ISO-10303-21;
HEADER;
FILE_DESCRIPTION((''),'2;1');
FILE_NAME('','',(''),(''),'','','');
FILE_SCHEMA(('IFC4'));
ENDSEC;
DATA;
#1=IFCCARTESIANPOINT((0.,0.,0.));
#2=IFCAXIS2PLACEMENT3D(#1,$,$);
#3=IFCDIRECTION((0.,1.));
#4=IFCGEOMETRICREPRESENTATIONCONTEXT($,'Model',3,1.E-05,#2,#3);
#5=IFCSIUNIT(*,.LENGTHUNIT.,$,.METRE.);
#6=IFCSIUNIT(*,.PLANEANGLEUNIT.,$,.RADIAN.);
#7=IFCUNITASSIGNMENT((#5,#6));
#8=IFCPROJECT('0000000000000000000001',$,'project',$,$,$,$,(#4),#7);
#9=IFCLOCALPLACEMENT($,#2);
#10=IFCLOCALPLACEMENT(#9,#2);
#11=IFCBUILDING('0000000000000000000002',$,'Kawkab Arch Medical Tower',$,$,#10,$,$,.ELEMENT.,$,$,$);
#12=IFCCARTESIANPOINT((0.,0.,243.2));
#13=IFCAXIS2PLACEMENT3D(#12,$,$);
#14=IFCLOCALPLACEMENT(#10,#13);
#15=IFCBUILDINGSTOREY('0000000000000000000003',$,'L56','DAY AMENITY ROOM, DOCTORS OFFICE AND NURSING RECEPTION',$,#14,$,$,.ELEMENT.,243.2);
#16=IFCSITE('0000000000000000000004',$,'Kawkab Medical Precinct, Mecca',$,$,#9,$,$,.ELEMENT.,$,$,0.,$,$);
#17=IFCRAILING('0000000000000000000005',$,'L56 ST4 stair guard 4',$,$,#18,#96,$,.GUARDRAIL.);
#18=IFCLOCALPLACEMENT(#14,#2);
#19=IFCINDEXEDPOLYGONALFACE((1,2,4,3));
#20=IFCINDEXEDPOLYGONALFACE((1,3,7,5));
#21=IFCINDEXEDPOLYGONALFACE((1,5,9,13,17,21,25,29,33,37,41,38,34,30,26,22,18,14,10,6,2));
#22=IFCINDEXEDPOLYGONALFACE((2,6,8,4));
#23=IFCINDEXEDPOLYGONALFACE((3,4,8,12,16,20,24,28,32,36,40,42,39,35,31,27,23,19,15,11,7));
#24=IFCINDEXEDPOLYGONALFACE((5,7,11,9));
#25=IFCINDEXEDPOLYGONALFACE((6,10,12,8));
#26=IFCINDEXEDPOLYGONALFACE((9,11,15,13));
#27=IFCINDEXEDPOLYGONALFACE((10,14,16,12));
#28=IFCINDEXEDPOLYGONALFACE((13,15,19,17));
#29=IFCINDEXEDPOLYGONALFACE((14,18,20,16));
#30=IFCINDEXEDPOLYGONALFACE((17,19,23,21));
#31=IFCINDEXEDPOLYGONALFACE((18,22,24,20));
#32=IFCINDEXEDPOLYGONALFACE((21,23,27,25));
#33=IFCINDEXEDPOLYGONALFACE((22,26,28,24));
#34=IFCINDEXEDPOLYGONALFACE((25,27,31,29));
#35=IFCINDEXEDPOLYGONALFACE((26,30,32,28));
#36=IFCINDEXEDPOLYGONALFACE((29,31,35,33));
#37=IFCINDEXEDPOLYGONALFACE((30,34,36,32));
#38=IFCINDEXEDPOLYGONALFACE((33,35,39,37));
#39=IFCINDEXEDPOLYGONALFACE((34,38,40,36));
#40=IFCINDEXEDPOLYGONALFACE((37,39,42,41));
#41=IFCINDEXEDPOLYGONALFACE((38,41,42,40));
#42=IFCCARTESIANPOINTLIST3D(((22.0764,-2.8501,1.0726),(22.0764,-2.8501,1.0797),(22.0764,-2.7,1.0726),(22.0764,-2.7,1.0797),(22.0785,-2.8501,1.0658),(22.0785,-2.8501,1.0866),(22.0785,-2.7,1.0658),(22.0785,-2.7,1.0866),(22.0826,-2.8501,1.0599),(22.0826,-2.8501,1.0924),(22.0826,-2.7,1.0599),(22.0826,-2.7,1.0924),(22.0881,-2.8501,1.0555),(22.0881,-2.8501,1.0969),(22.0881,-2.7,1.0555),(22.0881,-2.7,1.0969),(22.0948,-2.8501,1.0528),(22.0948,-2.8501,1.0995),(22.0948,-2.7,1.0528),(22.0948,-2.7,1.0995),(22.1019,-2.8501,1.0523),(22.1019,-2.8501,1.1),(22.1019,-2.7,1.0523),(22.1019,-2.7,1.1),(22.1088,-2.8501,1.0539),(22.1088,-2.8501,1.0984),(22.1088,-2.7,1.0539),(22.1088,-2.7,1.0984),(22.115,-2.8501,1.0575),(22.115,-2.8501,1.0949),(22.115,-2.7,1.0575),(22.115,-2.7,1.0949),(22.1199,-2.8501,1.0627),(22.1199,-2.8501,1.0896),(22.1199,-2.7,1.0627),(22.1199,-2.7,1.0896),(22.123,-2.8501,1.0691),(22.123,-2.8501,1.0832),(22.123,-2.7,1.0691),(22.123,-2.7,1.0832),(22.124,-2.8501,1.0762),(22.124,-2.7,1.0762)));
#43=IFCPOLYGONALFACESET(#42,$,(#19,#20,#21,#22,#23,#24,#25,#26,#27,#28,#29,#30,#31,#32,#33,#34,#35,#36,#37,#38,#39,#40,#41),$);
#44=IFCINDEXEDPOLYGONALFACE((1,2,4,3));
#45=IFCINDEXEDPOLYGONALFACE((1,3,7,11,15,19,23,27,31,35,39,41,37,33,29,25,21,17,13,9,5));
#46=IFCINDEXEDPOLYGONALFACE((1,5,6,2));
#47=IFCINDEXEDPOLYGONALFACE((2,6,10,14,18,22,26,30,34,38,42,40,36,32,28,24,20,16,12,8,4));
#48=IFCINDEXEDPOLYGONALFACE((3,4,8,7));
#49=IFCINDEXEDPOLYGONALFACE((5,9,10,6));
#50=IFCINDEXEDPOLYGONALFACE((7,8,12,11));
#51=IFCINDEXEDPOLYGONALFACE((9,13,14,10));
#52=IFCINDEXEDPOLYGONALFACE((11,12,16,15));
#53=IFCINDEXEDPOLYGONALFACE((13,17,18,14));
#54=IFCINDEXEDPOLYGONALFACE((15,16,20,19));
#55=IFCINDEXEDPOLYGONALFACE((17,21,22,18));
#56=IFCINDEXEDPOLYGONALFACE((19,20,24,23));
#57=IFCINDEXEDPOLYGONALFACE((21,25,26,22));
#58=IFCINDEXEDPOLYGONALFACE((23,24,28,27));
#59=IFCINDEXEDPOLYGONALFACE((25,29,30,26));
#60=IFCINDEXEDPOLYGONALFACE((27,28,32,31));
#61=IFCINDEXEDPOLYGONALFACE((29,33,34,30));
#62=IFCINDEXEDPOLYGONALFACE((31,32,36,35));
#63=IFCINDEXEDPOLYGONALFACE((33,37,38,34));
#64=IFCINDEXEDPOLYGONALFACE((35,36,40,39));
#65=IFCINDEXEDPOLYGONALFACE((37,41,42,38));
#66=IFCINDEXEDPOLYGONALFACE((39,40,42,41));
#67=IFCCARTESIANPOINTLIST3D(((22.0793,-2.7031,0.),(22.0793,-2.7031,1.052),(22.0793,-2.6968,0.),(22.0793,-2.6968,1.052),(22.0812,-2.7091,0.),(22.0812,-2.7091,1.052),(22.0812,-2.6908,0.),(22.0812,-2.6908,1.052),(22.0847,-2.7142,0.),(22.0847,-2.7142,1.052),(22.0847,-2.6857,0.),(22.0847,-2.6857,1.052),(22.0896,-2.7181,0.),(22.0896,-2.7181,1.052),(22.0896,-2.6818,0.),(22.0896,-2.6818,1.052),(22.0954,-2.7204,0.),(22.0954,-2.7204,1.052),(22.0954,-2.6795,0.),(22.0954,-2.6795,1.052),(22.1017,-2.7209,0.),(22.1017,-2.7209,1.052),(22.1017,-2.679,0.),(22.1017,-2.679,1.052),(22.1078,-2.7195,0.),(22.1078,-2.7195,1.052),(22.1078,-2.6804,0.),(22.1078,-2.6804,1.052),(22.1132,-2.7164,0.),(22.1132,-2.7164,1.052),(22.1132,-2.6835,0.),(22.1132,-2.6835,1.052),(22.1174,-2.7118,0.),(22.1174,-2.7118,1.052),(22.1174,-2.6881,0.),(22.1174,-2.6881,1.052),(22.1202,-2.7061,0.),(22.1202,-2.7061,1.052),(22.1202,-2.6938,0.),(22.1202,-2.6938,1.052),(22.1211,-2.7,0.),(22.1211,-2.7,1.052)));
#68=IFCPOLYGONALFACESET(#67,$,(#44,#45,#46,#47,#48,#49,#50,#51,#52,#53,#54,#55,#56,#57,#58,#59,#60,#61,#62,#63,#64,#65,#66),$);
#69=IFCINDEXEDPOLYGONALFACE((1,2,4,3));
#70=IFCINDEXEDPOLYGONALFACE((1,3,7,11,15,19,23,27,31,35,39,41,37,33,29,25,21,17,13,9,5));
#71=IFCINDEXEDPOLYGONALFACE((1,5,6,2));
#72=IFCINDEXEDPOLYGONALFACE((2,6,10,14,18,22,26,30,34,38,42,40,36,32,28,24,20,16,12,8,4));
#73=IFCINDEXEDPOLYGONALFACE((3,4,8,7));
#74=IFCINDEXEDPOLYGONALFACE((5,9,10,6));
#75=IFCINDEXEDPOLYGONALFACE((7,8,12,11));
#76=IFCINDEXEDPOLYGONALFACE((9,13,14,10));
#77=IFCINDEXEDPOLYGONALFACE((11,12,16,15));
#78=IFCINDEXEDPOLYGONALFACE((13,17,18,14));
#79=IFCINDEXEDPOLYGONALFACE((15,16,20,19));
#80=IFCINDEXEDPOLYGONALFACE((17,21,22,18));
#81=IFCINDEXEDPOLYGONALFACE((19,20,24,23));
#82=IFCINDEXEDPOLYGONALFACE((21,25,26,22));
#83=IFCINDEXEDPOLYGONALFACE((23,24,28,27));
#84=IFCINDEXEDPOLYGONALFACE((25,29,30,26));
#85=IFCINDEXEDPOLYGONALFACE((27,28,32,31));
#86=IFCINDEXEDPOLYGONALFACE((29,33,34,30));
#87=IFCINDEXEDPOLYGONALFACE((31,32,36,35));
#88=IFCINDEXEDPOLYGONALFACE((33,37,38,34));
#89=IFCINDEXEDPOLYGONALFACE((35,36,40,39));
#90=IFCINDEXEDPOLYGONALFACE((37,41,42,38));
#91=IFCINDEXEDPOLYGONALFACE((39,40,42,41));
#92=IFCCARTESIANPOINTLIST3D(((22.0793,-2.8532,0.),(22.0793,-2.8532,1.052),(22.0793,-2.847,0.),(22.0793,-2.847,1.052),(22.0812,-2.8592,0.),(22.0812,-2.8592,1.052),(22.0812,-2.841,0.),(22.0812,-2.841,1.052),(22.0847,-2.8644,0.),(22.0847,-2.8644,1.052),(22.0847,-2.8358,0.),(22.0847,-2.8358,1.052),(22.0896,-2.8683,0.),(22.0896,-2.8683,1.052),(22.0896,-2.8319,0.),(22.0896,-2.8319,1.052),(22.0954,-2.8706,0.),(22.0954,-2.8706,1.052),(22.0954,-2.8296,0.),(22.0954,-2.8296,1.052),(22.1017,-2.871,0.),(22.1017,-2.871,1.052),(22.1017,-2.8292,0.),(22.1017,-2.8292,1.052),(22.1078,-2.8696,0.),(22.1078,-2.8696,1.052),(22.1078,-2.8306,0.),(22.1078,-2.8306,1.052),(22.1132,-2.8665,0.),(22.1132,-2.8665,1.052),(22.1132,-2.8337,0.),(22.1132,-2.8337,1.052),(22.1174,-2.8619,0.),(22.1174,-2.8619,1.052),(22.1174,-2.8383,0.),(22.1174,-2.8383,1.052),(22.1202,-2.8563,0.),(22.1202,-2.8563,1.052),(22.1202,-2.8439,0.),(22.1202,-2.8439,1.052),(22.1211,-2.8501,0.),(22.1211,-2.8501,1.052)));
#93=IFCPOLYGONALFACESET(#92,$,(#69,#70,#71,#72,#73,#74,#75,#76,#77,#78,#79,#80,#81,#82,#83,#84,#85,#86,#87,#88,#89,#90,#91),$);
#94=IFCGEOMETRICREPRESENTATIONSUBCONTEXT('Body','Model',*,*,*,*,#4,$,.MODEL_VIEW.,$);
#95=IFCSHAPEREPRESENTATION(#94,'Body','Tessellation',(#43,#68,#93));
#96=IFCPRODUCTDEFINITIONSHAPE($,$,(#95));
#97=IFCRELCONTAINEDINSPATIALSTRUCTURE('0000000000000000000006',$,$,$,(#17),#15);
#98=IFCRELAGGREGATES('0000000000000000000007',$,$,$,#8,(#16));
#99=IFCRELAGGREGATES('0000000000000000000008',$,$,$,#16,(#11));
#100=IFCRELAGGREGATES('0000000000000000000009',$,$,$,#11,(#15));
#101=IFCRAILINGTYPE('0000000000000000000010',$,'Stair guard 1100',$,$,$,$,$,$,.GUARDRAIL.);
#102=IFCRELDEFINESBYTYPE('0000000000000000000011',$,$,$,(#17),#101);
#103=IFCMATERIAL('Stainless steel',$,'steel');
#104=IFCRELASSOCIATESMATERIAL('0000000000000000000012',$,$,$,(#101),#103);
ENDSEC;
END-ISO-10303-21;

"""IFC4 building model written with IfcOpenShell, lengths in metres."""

from ifc_helpers import new_model, si_unit, direction, frame, origin, origin_2d, place, context, subcontext, project, spatial, circle, extrude, material, type_object, element, save


model = new_model("IFC4")

# Units and contexts
model_context = context("Model", 3, precision=1e-05, world=origin(), true_north=direction((0.0, 1.0)))
body_context = subcontext(model_context, "Body", "Model", "MODEL_VIEW")
ifc_project = project(units=[si_unit("LENGTHUNIT", "METRE"), si_unit("PLANEANGLEUNIT", "RADIAN")], contexts=[model_context])

# Site, building, storey
site_placement = place(None, origin())
site = spatial("IfcSite", under=ifc_project, at=site_placement, Name="Kawkab Medical Precinct, Mecca", CompositionType="ELEMENT", RefElevation=0.0)
building_placement = place(site_placement, origin())
building = spatial("IfcBuilding", under=site, at=building_placement, Name="Kawkab Arch Medical Tower", CompositionType="ELEMENT")
storey_placement = place(building_placement, frame((0.0, 0.0, 243.2)))
storey = spatial("IfcBuildingStorey", under=building, at=storey_placement, Name="L56", Description="DAY AMENITY ROOM, DOCTORS OFFICE AND NURSING RECEPTION", CompositionType="ELEMENT", Elevation=243.2)

# Railing
ifc_material_1 = material(Name="Stainless steel", Category="steel")
railing_type = type_object("IfcRailingType", Name="Stair guard 1100", PredefinedType="GUARDRAIL", material=ifc_material_1)
railing_1_placement = place(storey_placement, frame((22.1001, -2.7, 0.0)))
element("IfcRailing", 1, at=railing_1_placement, inside=storey, type_object=railing_type, Name="L56 ST4 stair guard 4", PredefinedType="GUARDRAIL", context=body_context, shape_type="SweptSolid", body=[
    extrude(circle(Radius=0.0239, at=origin_2d()), frame((0.0, 0.0, 1.0762), z_axis=(0.0, -1.0, 0.0), x_axis=(1.0, 0.0, 0.0)), (0.0, 0.0, 1.0), 0.1501),
    extrude(circle(Radius=0.021, at=origin_2d()), origin(), (0.0, 0.0, 1.0), 1.052),
    extrude(circle(Radius=0.021, at=origin_2d()), frame((0.0, -0.1501, 0.0)), (0.0, 0.0, 1.0), 1.052),
])

save(model, "model.ifc")
